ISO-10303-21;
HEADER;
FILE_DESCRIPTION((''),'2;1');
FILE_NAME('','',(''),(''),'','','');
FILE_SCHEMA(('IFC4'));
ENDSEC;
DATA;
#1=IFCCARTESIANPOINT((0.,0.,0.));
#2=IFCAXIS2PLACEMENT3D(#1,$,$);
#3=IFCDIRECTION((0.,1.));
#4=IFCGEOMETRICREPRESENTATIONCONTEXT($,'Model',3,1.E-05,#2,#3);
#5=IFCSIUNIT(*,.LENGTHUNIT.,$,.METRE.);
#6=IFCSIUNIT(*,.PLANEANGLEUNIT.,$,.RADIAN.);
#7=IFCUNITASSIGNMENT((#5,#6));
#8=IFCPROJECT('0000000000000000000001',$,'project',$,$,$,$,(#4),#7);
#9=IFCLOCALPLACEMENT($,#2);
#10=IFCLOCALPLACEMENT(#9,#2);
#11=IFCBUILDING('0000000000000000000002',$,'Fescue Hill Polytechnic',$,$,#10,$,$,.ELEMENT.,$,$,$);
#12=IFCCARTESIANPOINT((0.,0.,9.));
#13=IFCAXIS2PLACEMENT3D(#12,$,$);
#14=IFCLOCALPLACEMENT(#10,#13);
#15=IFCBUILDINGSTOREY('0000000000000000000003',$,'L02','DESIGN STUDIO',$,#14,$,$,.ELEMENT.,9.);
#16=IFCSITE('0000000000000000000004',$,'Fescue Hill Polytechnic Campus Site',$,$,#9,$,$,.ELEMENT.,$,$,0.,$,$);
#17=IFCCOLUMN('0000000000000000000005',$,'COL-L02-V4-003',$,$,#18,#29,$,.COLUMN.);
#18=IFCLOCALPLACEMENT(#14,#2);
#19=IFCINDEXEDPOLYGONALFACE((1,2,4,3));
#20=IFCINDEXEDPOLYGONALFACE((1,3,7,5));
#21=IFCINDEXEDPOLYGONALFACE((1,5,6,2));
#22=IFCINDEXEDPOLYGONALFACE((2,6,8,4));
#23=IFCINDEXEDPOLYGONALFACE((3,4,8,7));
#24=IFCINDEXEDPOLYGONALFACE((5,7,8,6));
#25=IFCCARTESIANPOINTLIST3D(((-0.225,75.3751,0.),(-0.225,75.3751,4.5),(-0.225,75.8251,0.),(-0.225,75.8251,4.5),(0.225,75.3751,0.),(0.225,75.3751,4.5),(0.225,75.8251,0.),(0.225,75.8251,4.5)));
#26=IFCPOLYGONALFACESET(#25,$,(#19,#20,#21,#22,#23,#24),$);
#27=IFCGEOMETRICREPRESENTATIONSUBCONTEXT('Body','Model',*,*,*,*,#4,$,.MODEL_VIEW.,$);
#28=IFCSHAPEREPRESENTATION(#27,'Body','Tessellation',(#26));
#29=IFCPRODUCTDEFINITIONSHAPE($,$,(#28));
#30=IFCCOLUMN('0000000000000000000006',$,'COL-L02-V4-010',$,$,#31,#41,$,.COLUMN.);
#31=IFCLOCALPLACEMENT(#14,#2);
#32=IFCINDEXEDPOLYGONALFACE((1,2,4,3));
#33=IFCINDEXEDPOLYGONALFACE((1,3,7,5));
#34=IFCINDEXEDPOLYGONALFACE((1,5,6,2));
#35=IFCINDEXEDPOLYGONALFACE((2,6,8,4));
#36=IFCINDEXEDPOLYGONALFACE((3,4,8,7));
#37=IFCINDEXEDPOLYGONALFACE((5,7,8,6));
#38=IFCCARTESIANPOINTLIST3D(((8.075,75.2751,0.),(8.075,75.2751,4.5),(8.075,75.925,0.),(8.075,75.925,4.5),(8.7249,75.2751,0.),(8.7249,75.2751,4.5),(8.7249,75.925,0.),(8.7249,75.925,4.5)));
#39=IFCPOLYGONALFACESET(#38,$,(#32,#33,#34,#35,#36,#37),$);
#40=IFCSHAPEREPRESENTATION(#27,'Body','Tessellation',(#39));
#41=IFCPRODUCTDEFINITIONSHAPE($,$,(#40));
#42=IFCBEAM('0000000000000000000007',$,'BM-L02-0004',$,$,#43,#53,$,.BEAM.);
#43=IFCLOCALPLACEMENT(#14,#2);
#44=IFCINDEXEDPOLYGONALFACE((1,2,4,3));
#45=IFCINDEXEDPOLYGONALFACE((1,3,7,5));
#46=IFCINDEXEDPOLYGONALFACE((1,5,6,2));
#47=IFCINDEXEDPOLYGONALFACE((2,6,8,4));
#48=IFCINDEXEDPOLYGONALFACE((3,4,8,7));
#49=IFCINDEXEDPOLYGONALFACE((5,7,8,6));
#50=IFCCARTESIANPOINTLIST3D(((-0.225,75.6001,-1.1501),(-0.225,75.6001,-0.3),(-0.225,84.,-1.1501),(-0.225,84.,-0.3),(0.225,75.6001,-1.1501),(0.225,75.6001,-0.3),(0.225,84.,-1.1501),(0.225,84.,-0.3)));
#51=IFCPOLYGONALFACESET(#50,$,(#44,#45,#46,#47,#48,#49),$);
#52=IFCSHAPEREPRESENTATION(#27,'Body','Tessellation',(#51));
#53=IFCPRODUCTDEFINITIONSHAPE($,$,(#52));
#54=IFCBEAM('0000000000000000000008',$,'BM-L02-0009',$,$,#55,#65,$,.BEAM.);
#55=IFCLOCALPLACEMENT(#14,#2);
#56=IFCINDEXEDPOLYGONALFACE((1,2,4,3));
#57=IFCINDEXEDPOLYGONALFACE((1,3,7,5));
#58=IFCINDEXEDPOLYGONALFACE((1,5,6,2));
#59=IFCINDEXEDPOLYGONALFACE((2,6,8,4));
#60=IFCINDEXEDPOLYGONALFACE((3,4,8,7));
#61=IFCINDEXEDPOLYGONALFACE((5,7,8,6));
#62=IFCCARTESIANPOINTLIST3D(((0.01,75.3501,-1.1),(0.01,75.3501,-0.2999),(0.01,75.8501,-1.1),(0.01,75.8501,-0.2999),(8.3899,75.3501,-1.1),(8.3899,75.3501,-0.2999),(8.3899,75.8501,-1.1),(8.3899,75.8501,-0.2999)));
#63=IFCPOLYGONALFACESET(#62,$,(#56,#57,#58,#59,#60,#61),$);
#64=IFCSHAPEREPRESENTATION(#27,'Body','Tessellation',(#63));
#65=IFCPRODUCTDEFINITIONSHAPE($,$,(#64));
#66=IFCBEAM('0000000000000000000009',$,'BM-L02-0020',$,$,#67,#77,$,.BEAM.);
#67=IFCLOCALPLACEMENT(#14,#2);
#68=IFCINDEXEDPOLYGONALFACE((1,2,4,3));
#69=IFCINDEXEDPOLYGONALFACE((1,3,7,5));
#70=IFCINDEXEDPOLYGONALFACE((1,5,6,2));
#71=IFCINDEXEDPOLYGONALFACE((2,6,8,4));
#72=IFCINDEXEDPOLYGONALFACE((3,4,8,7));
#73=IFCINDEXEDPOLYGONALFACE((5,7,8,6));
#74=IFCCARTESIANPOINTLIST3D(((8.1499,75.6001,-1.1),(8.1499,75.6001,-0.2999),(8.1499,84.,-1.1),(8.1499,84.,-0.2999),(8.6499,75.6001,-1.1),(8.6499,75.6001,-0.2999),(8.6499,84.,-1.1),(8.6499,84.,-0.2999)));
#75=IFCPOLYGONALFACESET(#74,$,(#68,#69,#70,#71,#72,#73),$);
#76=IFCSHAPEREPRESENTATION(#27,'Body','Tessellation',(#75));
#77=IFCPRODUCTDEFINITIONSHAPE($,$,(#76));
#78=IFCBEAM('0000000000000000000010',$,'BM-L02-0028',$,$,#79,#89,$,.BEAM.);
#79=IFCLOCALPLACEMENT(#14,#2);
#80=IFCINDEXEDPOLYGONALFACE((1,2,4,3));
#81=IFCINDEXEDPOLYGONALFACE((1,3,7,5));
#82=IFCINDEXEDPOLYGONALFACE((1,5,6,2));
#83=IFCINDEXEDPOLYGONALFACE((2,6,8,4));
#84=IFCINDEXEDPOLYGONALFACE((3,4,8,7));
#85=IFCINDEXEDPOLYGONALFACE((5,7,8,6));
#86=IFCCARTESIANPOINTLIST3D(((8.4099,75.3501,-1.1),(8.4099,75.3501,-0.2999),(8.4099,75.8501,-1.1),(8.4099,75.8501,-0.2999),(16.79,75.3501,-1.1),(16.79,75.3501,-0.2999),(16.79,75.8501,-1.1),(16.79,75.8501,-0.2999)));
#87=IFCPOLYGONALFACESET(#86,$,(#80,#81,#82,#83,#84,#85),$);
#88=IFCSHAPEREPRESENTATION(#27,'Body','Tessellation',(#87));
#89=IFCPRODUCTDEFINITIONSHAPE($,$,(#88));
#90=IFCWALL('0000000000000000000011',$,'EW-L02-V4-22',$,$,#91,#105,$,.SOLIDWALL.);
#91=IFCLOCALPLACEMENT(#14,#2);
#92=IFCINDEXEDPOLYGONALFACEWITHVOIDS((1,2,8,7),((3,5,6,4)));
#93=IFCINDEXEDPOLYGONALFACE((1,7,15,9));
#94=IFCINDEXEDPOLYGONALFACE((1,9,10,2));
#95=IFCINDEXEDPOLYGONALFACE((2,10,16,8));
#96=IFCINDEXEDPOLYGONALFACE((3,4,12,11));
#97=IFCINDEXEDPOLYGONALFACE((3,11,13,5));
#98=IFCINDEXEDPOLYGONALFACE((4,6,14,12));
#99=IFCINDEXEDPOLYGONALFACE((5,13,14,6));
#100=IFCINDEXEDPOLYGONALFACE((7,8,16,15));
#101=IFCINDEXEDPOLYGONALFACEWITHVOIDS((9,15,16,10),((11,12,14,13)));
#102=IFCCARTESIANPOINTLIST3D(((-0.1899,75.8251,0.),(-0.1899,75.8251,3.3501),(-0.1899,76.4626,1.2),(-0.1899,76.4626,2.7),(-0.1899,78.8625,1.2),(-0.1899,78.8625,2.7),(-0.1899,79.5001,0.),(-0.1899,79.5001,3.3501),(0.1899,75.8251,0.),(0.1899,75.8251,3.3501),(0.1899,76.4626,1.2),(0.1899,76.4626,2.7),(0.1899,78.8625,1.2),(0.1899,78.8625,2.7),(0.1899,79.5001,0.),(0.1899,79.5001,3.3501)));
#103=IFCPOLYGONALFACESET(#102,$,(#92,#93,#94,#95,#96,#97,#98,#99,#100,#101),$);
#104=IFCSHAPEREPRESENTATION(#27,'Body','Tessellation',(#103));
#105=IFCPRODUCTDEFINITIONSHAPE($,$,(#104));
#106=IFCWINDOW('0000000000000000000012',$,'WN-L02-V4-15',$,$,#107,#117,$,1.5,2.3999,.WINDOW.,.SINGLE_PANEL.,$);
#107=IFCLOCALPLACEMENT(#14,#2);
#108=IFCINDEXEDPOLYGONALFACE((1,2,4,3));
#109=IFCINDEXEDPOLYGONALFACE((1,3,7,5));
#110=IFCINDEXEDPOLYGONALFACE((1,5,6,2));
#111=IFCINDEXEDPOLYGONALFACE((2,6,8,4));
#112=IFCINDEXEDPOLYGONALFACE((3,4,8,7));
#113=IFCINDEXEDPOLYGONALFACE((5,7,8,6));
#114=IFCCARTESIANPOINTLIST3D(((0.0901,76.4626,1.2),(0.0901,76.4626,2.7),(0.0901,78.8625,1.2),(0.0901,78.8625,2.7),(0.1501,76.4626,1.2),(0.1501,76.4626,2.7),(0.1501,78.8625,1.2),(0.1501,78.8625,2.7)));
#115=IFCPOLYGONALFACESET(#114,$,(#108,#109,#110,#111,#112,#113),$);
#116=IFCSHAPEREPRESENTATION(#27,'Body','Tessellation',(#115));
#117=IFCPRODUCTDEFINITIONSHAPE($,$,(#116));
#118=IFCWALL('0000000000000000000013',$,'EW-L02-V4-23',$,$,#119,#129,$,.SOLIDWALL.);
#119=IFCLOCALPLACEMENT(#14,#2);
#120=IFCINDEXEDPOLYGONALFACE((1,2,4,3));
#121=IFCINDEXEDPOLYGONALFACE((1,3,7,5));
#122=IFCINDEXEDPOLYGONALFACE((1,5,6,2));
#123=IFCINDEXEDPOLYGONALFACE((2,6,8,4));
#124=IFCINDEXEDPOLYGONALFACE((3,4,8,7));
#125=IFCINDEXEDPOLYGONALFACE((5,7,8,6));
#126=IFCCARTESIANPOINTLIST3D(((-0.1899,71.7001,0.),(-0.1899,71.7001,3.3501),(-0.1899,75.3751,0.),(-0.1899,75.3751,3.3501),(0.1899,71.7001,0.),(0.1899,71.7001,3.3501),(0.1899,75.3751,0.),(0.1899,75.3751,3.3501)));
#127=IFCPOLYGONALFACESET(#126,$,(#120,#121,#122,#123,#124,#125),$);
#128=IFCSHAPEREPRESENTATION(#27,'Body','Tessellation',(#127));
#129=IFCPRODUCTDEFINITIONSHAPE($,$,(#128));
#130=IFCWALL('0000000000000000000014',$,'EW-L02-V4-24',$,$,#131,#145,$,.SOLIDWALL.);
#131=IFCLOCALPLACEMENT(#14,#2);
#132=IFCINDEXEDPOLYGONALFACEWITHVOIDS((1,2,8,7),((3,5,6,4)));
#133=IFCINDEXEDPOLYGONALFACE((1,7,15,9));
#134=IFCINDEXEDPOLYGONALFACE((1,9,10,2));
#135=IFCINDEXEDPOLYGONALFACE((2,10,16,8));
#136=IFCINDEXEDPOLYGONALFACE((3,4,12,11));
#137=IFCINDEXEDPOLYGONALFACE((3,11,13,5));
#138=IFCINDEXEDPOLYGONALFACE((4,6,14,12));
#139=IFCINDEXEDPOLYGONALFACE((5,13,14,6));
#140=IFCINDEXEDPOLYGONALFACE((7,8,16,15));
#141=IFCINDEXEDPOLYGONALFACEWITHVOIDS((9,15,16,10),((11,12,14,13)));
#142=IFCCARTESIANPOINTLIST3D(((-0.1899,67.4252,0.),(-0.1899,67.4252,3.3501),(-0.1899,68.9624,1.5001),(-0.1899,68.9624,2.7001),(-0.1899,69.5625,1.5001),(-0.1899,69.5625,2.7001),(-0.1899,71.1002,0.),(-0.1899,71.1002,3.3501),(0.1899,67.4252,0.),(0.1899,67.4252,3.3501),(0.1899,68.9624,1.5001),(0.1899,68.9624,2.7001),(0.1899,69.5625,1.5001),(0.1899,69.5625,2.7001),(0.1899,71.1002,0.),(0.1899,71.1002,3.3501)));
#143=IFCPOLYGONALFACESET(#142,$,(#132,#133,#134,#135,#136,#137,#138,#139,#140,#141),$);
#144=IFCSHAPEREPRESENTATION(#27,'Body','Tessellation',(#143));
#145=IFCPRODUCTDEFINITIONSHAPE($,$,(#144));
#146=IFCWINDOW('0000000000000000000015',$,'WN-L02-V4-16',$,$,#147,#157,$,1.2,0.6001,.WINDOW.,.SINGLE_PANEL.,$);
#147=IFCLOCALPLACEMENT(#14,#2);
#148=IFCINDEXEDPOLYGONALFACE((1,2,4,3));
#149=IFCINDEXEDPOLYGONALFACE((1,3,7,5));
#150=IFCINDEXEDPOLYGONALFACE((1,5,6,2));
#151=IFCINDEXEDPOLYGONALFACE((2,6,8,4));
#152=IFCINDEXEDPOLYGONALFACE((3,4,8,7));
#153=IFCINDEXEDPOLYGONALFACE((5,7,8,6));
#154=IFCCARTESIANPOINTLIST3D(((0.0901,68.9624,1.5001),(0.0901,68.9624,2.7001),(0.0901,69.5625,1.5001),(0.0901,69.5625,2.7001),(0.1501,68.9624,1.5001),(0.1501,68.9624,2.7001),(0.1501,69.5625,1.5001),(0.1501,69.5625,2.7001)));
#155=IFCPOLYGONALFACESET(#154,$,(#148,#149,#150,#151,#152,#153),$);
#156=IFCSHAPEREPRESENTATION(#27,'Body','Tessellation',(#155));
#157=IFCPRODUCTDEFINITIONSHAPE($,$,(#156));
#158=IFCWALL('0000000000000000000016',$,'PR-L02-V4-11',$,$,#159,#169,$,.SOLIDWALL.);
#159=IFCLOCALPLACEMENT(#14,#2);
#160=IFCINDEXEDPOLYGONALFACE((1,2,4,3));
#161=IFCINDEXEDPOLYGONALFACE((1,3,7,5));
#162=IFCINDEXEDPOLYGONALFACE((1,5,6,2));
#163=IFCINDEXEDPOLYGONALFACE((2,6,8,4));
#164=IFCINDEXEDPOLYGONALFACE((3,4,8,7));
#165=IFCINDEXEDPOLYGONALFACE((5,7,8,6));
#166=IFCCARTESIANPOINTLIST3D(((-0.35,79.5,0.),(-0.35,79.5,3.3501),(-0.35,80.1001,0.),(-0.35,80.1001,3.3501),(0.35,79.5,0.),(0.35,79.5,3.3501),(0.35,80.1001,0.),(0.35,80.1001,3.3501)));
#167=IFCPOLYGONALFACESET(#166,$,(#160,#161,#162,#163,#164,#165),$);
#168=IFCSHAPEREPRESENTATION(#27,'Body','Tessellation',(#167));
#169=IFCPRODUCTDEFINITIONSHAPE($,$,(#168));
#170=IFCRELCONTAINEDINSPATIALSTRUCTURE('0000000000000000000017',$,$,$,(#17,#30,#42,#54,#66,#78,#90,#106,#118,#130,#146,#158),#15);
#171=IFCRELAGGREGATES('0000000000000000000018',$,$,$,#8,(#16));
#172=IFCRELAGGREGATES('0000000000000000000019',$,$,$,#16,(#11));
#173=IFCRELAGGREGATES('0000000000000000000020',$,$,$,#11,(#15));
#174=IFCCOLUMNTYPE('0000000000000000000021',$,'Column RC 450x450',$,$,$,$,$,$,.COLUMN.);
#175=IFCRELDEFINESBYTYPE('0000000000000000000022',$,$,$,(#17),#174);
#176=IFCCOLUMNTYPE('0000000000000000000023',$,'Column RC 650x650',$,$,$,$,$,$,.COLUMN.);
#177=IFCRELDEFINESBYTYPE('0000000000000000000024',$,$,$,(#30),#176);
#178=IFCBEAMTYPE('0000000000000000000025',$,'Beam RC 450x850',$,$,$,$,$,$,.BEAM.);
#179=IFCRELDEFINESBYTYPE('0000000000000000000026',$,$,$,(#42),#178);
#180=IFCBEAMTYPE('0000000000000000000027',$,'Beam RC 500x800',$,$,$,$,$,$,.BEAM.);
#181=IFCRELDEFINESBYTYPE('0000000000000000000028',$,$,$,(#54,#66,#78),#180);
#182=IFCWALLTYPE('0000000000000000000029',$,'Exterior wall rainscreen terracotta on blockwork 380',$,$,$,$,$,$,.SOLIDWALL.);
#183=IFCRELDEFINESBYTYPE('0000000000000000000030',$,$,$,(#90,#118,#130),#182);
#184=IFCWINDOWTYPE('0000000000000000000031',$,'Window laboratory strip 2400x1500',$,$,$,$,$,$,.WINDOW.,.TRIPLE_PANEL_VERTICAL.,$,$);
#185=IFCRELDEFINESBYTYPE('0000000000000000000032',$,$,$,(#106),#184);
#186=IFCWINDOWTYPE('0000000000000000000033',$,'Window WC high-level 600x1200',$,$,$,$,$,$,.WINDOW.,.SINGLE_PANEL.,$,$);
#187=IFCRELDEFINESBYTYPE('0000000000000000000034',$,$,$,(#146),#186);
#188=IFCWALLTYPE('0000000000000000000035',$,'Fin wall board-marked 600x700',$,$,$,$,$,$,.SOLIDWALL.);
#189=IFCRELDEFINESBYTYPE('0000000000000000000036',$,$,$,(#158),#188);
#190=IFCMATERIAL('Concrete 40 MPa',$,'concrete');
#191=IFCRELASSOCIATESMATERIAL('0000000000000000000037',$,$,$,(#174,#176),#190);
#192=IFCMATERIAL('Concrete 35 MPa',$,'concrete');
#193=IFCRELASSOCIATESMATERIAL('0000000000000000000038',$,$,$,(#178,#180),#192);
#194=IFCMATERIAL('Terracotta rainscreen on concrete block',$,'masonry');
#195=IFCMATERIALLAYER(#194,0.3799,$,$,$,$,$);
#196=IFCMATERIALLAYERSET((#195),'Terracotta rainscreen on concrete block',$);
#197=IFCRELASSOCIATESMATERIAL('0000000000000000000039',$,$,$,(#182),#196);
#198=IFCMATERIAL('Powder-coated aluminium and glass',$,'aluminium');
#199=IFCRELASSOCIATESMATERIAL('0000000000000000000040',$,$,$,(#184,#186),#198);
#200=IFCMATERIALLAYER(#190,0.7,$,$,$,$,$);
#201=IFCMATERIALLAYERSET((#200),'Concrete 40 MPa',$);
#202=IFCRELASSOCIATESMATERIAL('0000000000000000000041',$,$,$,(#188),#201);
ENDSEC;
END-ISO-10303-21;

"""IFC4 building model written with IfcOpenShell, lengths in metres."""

from ifc_helpers import new_model, si_unit, direction, frame, frame_2d, origin, origin_2d, place, context, subcontext, project, spatial, rectangle, extrude, material, layer, layer_set, material_profile, profile_set, type_object, element, fill, save


model = new_model("IFC4")

# Units and contexts
model_context = context("Model", 3, precision=1e-05, world=origin(), true_north=direction((0.0, 1.0)))
body_context = subcontext(model_context, "Body", "Model", "MODEL_VIEW")
ifc_project = project(units=[si_unit("LENGTHUNIT", "METRE"), si_unit("PLANEANGLEUNIT", "RADIAN")], contexts=[model_context])

# Site, building, storey
site_placement = place(None, origin())
site = spatial("IfcSite", under=ifc_project, at=site_placement, Name="Fescue Hill Polytechnic Campus Site", CompositionType="ELEMENT", RefElevation=0.0)
building_placement = place(site_placement, origin())
building = spatial("IfcBuilding", under=site, at=building_placement, Name="Fescue Hill Polytechnic", CompositionType="ELEMENT")
storey_placement = place(building_placement, frame((0.0, 0.0, 9.0)))
storey = spatial("IfcBuildingStorey", under=building, at=storey_placement, Name="L02", Description="DESIGN STUDIO", CompositionType="ELEMENT", Elevation=9.0)

# Columns
ifc_material_1 = material(Name="Concrete 40 MPa", Category="concrete")
ifc_material_profile_1 = material_profile(ifc_material_1, rectangle(XDim=0.45, YDim=0.45, at=origin_2d()), Name="RC 450x450")
ifc_profile_set_1 = profile_set([ifc_material_profile_1], Name="Concrete 40 MPa")
column_type_1 = type_object("IfcColumnType", Name="Column RC 450x450", PredefinedType="COLUMN", material=ifc_profile_set_1)
column_1_placement = place(storey_placement, frame((0.0, 75.6001, 0.0), z_axis=(0.0, 0.0, 1.0), x_axis=(1.0, 0.0, 0.0)))
element("IfcColumn", 1, at=column_1_placement, inside=storey, type_object=column_type_1, Name="COL-L02-V4-003", PredefinedType="COLUMN", context=body_context, shape_type="SweptSolid", body=[
    extrude(rectangle(XDim=0.45, YDim=0.45, at=origin_2d()), origin(), (0.0, 0.0, 1.0), 4.5),
])
ifc_material_profile_2 = material_profile(ifc_material_1, rectangle(XDim=0.6499, YDim=0.6499, at=origin_2d()), Name="RC 650x650")
ifc_profile_set_2 = profile_set([ifc_material_profile_2], Name="Concrete 40 MPa")
column_type_2 = type_object("IfcColumnType", Name="Column RC 650x650", PredefinedType="COLUMN", material=ifc_profile_set_2)
column_2_placement = place(storey_placement, frame((8.3999, 75.6001, 0.0), z_axis=(0.0, 0.0, 1.0), x_axis=(1.0, 0.0, 0.0)))
element("IfcColumn", 2, at=column_2_placement, inside=storey, type_object=column_type_2, Name="COL-L02-V4-010", PredefinedType="COLUMN", context=body_context, shape_type="SweptSolid", body=[
    extrude(rectangle(XDim=0.6499, YDim=0.6499, at=origin_2d()), origin(), (0.0, 0.0, 1.0), 4.5),
])

# Beams
ifc_material_2 = material(Name="Concrete 35 MPa", Category="concrete")
ifc_material_profile_3 = material_profile(ifc_material_2, rectangle(XDim=0.45, YDim=0.8501, at=origin_2d()), Name="RC 450x850")
ifc_profile_set_3 = profile_set([ifc_material_profile_3], Name="Concrete 35 MPa")
beam_type_1 = type_object("IfcBeamType", Name="Beam RC 450x850", PredefinedType="BEAM", material=ifc_profile_set_3)
beam_1_placement = place(storey_placement, frame((0.0, 75.6001, -0.7251), z_axis=(0.0, 1.0, 0.0), x_axis=(-1.0, 0.0, 0.0)))
element("IfcBeam", 3, at=beam_1_placement, inside=storey, type_object=beam_type_1, Name="BM-L02-0004", PredefinedType="BEAM", context=body_context, shape_type="SweptSolid", body=[
    extrude(rectangle(XDim=0.45, YDim=0.8501, at=origin_2d()), origin(), (0.0, 0.0, 1.0), 8.3999),
])
ifc_material_profile_4 = material_profile(ifc_material_2, rectangle(XDim=0.5, YDim=0.8, at=origin_2d()), Name="RC 500x800")
ifc_profile_set_4 = profile_set([ifc_material_profile_4], Name="Concrete 35 MPa")
beam_type_2 = type_object("IfcBeamType", Name="Beam RC 500x800", PredefinedType="BEAM", material=ifc_profile_set_4)
beam_2_placement = place(storey_placement, frame((0.01, 75.6001, -0.7), z_axis=(1.0, 0.0, 0.0), x_axis=(0.0, 1.0, 0.0)))
element("IfcBeam", 4, at=beam_2_placement, inside=storey, type_object=beam_type_2, Name="BM-L02-0009", PredefinedType="BEAM", context=body_context, shape_type="SweptSolid", body=[
    extrude(rectangle(XDim=0.5, YDim=0.8, at=origin_2d()), origin(), (0.0, 0.0, 1.0), 8.3799),
])
beam_3_placement = place(storey_placement, frame((8.3999, 75.6001, -0.7), z_axis=(0.0, 1.0, 0.0), x_axis=(-1.0, 0.0, 0.0)))
element("IfcBeam", 5, at=beam_3_placement, inside=storey, type_object=beam_type_2, Name="BM-L02-0020", PredefinedType="BEAM", context=body_context, shape_type="SweptSolid", body=[
    extrude(rectangle(XDim=0.5, YDim=0.8, at=origin_2d()), origin(), (0.0, 0.0, 1.0), 8.3999),
])
beam_4_placement = place(storey_placement, frame((8.4099, 75.6001, -0.7), z_axis=(1.0, 0.0, 0.0), x_axis=(0.0, 1.0, 0.0)))
element("IfcBeam", 6, at=beam_4_placement, inside=storey, type_object=beam_type_2, Name="BM-L02-0028", PredefinedType="BEAM", context=body_context, shape_type="SweptSolid", body=[
    extrude(rectangle(XDim=0.5, YDim=0.8, at=origin_2d()), origin(), (0.0, 0.0, 1.0), 8.3801),
])

# Wall, opening, window
ifc_material_3 = material(Name="Terracotta rainscreen on concrete block", Category="masonry")
ifc_layer_1 = layer(ifc_material_3, 0.3799)
ifc_layer_set_1 = layer_set([ifc_layer_1], Name="Terracotta rainscreen on concrete block")
wall_type_1 = type_object("IfcWallType", Name="Exterior wall rainscreen terracotta on blockwork 380", PredefinedType="SOLIDWALL", material=ifc_layer_set_1)
wall_1_placement = place(storey_placement, frame((0.0, 79.5, 0.0), z_axis=(0.0, 0.0, 1.0), x_axis=(0.0, -1.0, 0.0)))
wall_1 = element("IfcWall", 7, at=wall_1_placement, inside=storey, type_object=wall_type_1, Name="EW-L02-V4-22", PredefinedType="SOLIDWALL", context=body_context, shape_type="SweptSolid", body=[
    extrude(rectangle(XDim=3.675, YDim=0.3799, at=frame_2d((1.8374, 0.0))), origin(), (0.0, 0.0, 1.0), 3.3501),
])
opening_1_placement = place(wall_1_placement, frame((0.6375, 0.0, 1.2)))
opening_1 = element("IfcOpeningElement", 8, at=opening_1_placement, cuts=wall_1, PredefinedType="OPENING", context=body_context, shape_type="SweptSolid", body=[
    extrude(rectangle(XDim=2.3999, YDim=1.5, at=frame_2d((1.2, 0.75))), frame((0.0, 0.2, 0.0), z_axis=(0.0, -1.0, 0.0), x_axis=(1.0, 0.0, 0.0)), (0.0, 0.0, 1.0), 0.3999),
])
ifc_material_4 = material(Name="Powder-coated aluminium and glass", Category="aluminium")
window_type_1 = type_object("IfcWindowType", Name="Window laboratory strip 2400x1500", PartitioningType="TRIPLE_PANEL_VERTICAL", PredefinedType="WINDOW", material=ifc_material_4)
window_1_placement = place(opening_1_placement, origin())
window_1 = element("IfcWindow", 9, at=window_1_placement, inside=storey, type_object=window_type_1, Name="WN-L02-V4-15", OverallHeight=1.5, OverallWidth=2.3999, PartitioningType="SINGLE_PANEL", PredefinedType="WINDOW", context=body_context, shape_type="SweptSolid", body=[
    extrude(rectangle(XDim=2.3999, YDim=1.5, at=frame_2d((1.2, 0.75))), frame((0.0, 0.1501, 0.0), z_axis=(0.0, -1.0, 0.0), x_axis=(1.0, 0.0, 0.0)), (0.0, 0.0, 1.0), 0.0601),
])
fill(opening_1, window_1)

# Wall
wall_2_placement = place(storey_placement, frame((0.0, 75.375, 0.0), z_axis=(0.0, 0.0, 1.0), x_axis=(0.0, -1.0, 0.0)))
element("IfcWall", 10, at=wall_2_placement, inside=storey, type_object=wall_type_1, Name="EW-L02-V4-23", PredefinedType="SOLIDWALL", context=body_context, shape_type="SweptSolid", body=[
    extrude(rectangle(XDim=3.675, YDim=0.3799, at=frame_2d((1.8374, 0.0))), origin(), (0.0, 0.0, 1.0), 3.3501),
])

# Wall, opening, window
wall_3_placement = place(storey_placement, frame((0.0, 71.1001, 0.0), z_axis=(0.0, 0.0, 1.0), x_axis=(0.0, -1.0, 0.0)))
wall_3 = element("IfcWall", 11, at=wall_3_placement, inside=storey, type_object=wall_type_1, Name="EW-L02-V4-24", PredefinedType="SOLIDWALL", context=body_context, shape_type="SweptSolid", body=[
    extrude(rectangle(XDim=3.675, YDim=0.3799, at=frame_2d((1.8374, 0.0))), origin(), (0.0, 0.0, 1.0), 3.3501),
])
opening_2_placement = place(wall_3_placement, frame((1.5376, 0.0, 1.5)))
opening_2 = element("IfcOpeningElement", 12, at=opening_2_placement, cuts=wall_3, PredefinedType="OPENING", context=body_context, shape_type="SweptSolid", body=[
    extrude(rectangle(XDim=0.6001, YDim=1.2, at=frame_2d((0.3, 0.6001))), frame((0.0, 0.2, 0.0), z_axis=(0.0, -1.0, 0.0), x_axis=(1.0, 0.0, 0.0)), (0.0, 0.0, 1.0), 0.3999),
])
window_type_2 = type_object("IfcWindowType", Name="Window WC high-level 600x1200", PartitioningType="SINGLE_PANEL", PredefinedType="WINDOW", material=ifc_material_4)
window_2_placement = place(opening_2_placement, origin())
window_2 = element("IfcWindow", 13, at=window_2_placement, inside=storey, type_object=window_type_2, Name="WN-L02-V4-16", OverallHeight=1.2, OverallWidth=0.6001, PartitioningType="SINGLE_PANEL", PredefinedType="WINDOW", context=body_context, shape_type="SweptSolid", body=[
    extrude(rectangle(XDim=0.6001, YDim=1.2, at=frame_2d((0.3, 0.6001))), frame((0.0, 0.1501, 0.0), z_axis=(0.0, -1.0, 0.0), x_axis=(1.0, 0.0, 0.0)), (0.0, 0.0, 1.0), 0.0601),
])
fill(opening_2, window_2)

# Wall
ifc_layer_2 = layer(ifc_material_1, 0.7)
ifc_layer_set_2 = layer_set([ifc_layer_2], Name="Concrete 40 MPa")
wall_type_2 = type_object("IfcWallType", Name="Fin wall board-marked 600x700", PredefinedType="SOLIDWALL", material=ifc_layer_set_2)
wall_4_placement = place(storey_placement, frame((0.0, 80.1001, 0.0), z_axis=(0.0, 0.0, 1.0), x_axis=(0.0, -1.0, 0.0)))
element("IfcWall", 14, at=wall_4_placement, inside=storey, type_object=wall_type_2, Name="PR-L02-V4-11", PredefinedType="SOLIDWALL", context=body_context, shape_type="SweptSolid", body=[
    extrude(rectangle(XDim=0.6001, YDim=0.7, at=frame_2d((0.3, 0.0))), origin(), (0.0, 0.0, 1.0), 3.3501),
])

save(model, "model.ifc")
